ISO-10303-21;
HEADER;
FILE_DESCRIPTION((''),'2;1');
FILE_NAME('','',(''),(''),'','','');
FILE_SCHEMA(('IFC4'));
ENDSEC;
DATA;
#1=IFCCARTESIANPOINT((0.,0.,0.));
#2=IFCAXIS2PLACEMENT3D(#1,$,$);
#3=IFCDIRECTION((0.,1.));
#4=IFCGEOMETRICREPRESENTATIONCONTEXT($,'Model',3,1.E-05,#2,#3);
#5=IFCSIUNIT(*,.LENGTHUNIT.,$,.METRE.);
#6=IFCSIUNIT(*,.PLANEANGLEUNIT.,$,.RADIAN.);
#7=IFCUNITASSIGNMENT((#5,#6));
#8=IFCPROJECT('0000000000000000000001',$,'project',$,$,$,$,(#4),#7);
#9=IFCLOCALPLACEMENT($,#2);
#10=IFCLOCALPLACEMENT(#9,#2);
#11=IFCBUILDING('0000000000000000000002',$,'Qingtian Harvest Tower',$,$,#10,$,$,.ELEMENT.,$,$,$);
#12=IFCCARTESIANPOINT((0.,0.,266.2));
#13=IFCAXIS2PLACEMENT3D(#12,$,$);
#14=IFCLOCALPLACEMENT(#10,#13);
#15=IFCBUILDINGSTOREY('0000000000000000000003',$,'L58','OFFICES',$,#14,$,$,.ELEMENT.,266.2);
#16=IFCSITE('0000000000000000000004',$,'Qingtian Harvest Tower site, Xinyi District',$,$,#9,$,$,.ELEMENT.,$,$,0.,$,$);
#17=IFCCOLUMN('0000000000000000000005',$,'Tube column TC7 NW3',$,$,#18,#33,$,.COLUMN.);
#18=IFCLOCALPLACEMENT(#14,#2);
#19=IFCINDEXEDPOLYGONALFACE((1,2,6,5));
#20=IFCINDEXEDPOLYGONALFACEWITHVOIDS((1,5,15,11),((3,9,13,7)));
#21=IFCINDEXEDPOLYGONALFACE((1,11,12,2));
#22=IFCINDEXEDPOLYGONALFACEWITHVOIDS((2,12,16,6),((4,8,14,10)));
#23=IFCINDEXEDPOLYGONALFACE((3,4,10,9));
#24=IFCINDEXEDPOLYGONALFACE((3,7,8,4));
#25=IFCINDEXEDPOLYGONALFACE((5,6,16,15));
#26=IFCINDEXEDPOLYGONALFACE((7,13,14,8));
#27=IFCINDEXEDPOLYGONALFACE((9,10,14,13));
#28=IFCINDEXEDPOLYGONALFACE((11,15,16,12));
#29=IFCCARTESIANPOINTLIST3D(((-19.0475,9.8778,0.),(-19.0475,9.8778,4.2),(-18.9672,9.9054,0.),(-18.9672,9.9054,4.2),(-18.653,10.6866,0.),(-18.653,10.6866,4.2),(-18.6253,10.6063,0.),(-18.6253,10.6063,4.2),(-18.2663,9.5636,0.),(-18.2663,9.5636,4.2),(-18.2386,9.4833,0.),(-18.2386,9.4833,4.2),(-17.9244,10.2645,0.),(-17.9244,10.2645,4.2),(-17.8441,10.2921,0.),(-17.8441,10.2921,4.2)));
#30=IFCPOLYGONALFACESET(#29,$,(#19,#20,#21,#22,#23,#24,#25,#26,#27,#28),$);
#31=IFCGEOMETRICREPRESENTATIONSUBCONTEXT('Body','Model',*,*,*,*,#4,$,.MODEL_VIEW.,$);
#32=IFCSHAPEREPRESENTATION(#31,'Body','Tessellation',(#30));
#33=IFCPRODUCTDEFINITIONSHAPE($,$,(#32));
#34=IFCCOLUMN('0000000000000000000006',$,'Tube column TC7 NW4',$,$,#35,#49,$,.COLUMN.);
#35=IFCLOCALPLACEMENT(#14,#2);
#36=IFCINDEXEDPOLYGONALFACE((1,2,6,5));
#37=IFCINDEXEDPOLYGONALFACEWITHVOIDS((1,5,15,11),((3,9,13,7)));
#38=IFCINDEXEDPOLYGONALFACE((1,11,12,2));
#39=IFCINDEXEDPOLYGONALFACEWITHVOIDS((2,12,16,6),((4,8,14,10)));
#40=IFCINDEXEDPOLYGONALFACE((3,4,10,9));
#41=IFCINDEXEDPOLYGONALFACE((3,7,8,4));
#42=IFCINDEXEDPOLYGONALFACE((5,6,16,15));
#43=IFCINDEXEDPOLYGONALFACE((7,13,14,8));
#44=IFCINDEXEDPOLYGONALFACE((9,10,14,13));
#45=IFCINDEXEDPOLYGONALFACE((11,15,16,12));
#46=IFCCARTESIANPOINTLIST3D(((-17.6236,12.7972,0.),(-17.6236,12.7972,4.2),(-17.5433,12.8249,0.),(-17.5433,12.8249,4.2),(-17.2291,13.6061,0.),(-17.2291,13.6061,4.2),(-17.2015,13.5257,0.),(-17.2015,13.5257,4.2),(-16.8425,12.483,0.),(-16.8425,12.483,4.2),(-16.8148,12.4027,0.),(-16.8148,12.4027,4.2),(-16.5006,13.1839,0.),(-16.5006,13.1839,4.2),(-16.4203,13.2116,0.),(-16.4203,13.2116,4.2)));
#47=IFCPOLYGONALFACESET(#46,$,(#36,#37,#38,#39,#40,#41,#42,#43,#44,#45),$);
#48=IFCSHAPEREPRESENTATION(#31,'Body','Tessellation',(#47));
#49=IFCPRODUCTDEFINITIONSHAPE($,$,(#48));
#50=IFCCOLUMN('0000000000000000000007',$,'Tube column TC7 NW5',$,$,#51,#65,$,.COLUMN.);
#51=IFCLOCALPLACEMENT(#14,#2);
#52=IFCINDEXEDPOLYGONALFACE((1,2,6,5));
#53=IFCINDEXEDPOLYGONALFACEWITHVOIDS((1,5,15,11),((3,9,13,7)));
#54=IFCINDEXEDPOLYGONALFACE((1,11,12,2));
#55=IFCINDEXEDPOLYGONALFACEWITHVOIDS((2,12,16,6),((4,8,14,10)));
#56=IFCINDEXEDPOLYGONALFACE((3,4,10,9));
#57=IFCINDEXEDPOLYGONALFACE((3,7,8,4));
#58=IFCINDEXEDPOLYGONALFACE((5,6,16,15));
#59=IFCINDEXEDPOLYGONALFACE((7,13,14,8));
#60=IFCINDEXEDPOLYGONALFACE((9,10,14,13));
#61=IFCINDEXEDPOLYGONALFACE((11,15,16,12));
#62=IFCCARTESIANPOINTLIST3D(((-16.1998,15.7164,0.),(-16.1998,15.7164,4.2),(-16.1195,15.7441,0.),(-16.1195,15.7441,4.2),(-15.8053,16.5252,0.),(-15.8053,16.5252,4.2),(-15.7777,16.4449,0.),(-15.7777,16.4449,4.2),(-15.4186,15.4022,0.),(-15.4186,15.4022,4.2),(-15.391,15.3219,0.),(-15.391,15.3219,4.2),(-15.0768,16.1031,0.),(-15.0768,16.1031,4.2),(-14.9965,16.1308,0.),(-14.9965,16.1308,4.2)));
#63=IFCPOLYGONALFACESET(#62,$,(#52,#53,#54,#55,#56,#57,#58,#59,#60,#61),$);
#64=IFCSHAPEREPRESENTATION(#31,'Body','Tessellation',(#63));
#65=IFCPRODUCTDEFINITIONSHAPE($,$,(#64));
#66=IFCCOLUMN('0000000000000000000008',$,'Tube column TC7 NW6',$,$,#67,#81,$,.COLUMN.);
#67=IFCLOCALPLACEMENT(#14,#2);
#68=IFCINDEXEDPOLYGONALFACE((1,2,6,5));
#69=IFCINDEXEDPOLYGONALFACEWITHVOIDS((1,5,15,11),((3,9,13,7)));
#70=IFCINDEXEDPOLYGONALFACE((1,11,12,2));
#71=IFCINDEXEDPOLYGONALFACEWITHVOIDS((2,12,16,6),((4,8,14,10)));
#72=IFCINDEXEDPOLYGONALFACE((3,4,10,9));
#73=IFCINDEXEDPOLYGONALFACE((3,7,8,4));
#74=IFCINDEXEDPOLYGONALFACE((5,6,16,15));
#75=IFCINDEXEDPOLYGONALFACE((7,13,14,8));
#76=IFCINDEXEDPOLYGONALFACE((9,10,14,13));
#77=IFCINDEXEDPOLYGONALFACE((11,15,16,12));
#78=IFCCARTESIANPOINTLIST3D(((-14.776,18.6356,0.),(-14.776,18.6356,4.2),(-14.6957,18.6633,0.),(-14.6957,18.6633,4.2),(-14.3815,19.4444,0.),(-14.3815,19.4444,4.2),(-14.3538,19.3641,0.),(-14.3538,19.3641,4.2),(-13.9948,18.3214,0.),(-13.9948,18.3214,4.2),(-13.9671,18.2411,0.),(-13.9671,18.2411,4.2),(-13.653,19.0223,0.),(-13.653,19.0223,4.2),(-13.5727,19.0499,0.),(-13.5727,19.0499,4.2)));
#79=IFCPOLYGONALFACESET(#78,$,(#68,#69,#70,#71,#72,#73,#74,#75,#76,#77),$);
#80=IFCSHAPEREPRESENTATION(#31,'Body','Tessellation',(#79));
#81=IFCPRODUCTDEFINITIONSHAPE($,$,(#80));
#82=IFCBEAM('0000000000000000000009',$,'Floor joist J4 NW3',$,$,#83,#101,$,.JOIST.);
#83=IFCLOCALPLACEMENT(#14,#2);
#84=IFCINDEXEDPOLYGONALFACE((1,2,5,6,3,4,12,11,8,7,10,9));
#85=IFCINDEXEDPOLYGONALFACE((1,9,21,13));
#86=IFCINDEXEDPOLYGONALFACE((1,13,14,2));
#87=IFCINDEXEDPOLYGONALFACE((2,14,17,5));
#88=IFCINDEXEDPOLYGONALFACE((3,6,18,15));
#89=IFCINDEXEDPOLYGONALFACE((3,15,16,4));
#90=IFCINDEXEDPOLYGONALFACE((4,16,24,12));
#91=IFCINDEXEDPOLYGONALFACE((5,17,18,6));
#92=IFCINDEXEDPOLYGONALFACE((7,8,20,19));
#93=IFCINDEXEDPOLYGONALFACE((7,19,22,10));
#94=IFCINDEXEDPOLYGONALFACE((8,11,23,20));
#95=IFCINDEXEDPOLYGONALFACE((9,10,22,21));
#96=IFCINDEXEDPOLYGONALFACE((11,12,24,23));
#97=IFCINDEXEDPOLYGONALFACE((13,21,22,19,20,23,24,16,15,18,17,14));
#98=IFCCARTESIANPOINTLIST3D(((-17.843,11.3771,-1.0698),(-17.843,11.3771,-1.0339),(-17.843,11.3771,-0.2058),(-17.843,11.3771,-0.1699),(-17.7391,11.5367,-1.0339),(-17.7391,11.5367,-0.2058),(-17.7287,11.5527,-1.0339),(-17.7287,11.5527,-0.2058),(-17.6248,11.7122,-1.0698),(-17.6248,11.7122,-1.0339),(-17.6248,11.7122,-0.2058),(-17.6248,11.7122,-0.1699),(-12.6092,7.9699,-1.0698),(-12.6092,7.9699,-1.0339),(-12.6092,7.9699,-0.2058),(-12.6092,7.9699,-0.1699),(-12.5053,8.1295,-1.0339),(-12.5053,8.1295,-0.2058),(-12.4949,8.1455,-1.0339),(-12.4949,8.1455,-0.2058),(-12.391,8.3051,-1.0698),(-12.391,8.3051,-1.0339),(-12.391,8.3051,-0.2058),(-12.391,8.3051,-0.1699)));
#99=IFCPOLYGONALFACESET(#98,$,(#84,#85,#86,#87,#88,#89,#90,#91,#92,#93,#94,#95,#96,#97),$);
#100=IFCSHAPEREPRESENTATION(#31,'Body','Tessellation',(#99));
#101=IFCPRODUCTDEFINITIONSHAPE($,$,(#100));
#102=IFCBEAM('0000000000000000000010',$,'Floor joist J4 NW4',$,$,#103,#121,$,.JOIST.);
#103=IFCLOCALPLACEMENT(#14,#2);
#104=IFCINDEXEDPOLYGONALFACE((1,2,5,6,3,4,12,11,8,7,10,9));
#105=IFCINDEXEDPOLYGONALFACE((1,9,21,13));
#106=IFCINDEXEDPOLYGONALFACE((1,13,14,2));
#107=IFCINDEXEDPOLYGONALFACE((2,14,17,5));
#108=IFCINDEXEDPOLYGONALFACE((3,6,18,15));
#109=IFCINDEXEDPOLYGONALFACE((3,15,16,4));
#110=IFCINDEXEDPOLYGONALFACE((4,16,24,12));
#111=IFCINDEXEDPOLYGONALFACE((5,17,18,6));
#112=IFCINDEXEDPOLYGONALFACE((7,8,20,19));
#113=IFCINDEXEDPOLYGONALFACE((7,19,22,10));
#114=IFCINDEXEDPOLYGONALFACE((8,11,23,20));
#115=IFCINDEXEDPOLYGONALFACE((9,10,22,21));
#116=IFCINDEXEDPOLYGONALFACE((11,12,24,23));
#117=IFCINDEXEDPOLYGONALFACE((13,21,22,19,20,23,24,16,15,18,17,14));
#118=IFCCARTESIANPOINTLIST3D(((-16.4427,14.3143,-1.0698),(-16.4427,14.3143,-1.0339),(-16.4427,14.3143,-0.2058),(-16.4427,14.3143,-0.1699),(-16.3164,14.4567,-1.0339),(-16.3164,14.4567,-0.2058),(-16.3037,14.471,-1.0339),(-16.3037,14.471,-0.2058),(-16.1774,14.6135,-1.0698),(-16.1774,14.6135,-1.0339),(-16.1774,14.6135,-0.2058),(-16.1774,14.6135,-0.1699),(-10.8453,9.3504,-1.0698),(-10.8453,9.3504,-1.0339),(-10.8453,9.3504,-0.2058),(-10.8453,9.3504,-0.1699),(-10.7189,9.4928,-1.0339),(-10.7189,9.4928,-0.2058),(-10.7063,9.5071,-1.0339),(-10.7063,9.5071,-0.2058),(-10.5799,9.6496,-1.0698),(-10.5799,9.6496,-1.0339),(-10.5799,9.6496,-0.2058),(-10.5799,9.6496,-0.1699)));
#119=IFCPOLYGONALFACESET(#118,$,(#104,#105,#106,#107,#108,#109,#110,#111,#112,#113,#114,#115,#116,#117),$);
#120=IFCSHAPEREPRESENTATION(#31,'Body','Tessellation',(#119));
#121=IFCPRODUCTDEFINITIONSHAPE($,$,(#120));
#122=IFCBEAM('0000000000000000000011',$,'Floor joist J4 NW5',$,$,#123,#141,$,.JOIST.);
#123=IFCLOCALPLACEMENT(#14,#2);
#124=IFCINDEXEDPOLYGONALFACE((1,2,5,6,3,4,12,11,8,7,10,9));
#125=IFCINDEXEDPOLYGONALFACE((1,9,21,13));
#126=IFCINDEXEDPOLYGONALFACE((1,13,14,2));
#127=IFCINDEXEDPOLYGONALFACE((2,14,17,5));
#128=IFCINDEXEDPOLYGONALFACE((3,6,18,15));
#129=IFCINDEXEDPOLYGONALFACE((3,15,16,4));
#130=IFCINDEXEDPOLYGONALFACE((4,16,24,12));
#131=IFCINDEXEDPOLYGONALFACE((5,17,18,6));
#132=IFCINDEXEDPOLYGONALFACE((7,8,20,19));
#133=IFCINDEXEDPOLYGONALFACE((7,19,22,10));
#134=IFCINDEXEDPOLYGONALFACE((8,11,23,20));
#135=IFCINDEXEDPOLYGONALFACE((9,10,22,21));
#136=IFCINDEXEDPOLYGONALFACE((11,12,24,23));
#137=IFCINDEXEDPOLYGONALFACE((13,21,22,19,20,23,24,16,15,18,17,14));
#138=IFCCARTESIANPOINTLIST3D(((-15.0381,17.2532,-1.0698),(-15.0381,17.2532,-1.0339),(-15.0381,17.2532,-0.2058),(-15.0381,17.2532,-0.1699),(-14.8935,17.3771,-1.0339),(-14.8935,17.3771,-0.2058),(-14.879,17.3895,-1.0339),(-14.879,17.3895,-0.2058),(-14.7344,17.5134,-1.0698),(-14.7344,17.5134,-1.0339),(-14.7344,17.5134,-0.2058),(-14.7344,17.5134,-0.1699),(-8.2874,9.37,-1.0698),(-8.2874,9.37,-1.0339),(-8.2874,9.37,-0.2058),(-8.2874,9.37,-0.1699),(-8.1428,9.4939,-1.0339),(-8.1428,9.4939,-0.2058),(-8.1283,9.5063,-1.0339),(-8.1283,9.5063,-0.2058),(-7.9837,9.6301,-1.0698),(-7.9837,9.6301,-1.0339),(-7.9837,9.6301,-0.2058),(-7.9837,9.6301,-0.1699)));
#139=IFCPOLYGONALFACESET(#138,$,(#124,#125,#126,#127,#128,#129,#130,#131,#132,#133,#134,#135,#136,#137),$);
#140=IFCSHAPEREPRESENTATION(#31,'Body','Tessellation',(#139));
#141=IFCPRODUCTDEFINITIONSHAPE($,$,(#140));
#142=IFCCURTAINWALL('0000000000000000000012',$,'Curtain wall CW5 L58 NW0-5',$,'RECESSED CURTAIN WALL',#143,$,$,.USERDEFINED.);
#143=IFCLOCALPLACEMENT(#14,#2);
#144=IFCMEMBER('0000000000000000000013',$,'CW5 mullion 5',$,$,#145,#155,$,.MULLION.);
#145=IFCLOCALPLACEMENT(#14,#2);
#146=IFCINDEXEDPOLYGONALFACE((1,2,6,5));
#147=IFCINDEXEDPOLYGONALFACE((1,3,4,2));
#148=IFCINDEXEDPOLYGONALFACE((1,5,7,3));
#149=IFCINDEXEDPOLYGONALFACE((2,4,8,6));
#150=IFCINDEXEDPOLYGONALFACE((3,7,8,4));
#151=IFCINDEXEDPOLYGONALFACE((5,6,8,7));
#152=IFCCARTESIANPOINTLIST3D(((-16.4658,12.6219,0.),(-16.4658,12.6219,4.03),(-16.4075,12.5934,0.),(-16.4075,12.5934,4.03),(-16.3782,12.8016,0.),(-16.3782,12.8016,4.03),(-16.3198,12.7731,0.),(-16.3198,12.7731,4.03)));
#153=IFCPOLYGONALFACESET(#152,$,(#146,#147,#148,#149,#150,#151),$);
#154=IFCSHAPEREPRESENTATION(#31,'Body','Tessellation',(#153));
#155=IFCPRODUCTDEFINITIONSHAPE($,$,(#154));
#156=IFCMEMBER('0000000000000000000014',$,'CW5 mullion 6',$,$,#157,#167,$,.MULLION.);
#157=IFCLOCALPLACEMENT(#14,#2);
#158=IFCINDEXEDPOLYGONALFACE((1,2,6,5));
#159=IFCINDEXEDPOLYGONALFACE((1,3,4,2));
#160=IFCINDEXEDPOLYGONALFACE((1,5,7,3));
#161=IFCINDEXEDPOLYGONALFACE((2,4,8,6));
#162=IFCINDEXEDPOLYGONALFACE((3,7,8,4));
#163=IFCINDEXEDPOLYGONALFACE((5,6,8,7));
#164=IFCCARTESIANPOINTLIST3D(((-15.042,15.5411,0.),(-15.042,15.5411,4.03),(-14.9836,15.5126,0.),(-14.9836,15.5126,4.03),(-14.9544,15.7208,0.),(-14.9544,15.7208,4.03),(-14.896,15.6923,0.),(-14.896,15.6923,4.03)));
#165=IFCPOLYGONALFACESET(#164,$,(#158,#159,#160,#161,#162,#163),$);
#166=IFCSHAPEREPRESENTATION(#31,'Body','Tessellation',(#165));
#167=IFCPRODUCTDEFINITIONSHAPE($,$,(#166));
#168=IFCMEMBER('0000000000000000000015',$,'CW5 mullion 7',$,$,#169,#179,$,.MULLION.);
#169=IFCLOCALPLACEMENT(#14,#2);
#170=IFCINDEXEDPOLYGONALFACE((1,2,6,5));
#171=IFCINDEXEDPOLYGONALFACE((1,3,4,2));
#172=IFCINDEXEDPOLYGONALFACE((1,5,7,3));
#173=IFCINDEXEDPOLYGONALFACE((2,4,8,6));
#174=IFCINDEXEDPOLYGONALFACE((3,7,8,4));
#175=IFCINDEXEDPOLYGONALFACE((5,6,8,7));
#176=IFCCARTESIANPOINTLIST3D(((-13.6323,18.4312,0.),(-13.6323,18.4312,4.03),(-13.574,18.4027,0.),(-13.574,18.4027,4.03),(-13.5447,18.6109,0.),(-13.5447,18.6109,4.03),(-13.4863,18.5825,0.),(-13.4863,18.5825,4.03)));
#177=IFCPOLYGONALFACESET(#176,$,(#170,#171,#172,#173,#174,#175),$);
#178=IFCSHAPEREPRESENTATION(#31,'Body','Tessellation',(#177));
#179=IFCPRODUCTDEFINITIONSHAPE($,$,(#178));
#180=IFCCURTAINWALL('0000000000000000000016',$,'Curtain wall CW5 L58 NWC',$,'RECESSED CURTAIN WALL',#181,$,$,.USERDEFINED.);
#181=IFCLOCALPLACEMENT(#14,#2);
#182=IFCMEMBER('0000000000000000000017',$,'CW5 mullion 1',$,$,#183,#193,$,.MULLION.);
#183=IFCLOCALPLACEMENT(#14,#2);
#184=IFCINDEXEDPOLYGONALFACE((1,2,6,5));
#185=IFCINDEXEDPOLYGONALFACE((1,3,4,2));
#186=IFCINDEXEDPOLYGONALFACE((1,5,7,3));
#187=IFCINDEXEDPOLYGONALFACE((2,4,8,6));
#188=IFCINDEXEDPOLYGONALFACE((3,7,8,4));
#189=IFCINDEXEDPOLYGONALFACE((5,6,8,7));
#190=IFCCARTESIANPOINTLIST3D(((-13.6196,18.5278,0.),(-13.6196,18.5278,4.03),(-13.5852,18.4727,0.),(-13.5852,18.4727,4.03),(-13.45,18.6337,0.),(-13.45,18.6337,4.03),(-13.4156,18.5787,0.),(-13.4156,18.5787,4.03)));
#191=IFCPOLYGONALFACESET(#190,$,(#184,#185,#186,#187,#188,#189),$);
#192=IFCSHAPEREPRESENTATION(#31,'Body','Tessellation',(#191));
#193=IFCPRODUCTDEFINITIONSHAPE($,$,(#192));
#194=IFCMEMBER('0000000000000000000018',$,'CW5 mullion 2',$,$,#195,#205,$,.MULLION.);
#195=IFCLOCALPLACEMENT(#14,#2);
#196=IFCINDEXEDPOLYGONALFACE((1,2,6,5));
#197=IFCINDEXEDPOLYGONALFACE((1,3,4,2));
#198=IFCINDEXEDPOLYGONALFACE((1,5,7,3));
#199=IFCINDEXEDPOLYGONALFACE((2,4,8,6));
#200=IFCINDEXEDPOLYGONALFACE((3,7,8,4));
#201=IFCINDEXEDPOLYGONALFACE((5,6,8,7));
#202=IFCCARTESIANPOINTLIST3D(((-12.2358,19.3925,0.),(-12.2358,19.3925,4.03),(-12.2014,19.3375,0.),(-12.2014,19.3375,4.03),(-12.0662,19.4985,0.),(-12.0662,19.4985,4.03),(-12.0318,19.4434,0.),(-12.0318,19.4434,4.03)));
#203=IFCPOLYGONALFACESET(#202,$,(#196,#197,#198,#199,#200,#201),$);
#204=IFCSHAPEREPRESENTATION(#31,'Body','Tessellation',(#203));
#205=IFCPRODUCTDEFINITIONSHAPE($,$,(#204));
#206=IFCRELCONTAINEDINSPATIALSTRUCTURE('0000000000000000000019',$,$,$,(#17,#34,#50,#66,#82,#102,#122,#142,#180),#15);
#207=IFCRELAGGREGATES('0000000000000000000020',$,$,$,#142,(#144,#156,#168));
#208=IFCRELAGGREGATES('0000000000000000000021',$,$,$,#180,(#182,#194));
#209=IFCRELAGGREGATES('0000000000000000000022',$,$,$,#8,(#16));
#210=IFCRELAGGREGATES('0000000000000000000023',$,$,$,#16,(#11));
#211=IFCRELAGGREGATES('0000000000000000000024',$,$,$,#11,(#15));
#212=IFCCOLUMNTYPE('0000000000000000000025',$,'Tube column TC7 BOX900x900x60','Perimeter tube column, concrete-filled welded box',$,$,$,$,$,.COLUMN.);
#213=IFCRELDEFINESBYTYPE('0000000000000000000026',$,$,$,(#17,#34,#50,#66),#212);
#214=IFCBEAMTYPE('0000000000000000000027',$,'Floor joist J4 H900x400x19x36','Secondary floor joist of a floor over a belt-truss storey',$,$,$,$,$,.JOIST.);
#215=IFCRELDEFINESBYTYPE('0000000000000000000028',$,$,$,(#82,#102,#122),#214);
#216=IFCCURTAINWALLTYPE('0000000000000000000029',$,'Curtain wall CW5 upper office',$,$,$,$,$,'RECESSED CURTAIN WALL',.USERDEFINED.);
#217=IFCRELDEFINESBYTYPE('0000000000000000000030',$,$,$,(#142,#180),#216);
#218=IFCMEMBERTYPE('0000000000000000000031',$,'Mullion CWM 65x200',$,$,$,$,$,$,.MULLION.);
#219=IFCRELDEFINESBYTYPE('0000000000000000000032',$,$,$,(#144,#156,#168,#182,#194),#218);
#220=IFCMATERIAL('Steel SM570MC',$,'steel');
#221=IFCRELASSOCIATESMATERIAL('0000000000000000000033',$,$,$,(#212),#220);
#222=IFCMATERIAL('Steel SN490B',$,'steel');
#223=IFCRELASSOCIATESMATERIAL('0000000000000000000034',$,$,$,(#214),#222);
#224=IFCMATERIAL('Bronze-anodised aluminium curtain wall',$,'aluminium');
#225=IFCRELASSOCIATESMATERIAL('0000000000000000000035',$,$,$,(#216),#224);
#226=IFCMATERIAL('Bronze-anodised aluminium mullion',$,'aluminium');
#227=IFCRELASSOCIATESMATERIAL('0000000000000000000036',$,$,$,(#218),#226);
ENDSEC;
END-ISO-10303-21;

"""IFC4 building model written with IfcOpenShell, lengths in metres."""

from ifc_helpers import new_model, si_unit, direction, frame, origin, origin_2d, place, context, subcontext, project, spatial, rectangle, hollow_rectangle, i_section, extrude, material, material_profile, profile_set, type_object, element, aggregate, save


model = new_model("IFC4")

# Units and contexts
model_context = context("Model", 3, precision=1e-05, world=origin(), true_north=direction((0.0, 1.0)))
body_context = subcontext(model_context, "Body", "Model", "MODEL_VIEW")
ifc_project = project(units=[si_unit("LENGTHUNIT", "METRE"), si_unit("PLANEANGLEUNIT", "RADIAN")], contexts=[model_context])

# Site, building, storey
site_placement = place(None, origin())
site = spatial("IfcSite", under=ifc_project, at=site_placement, Name="Qingtian Harvest Tower site, Xinyi District", CompositionType="ELEMENT", RefElevation=0.0)
building_placement = place(site_placement, origin())
building = spatial("IfcBuilding", under=site, at=building_placement, Name="Qingtian Harvest Tower", CompositionType="ELEMENT")
storey_placement = place(building_placement, frame((0.0, 0.0, 266.2)))
storey = spatial("IfcBuildingStorey", under=building, at=storey_placement, Name="L58", Description="OFFICES", CompositionType="ELEMENT", Elevation=266.2)

# Columns
ifc_material_1 = material(Name="Steel SM570MC", Category="steel")
ifc_material_profile_1 = material_profile(ifc_material_1, hollow_rectangle(XDim=0.8999, YDim=0.8999, WallThickness=0.0601, at=origin_2d()), Name="BOX900x900x60")
ifc_profile_set_1 = profile_set([ifc_material_profile_1], Name="Steel SM570MC")
column_type = type_object("IfcColumnType", Name="Tube column TC7 BOX900x900x60", Description="Perimeter tube column, concrete-filled welded box", PredefinedType="COLUMN", material=ifc_profile_set_1)
for number, where, z_axis, x_axis, name in (
    (1, (-18.4458, 10.085, 0.0), (0.0, 0.0, 1.0), (-0.438371, -0.898794, 0.0), "Tube column TC7 NW3"),
    (2, (-17.022, 13.0044, 0.0), (0.0, 0.0, 1.0), (-0.438371, -0.898794, 0.0), "Tube column TC7 NW4"),
    (3, (-15.5981, 15.9236, 0.0), (0.0, 0.0, 1.0), (-0.438371, -0.898794, 0.0), "Tube column TC7 NW5"),
    (4, (-14.1743, 18.8428, 0.0), (0.0, 0.0, 1.0), (-0.438371, -0.898794, 0.0), "Tube column TC7 NW6"),
):
    element("IfcColumn", number, at=place(storey_placement, frame(where, z_axis=z_axis, x_axis=x_axis)), inside=storey, type_object=column_type, Name=name, PredefinedType="COLUMN", context=body_context, shape_type="SweptSolid", body=[
        extrude(hollow_rectangle(XDim=0.8999, YDim=0.8999, WallThickness=0.0601, at=origin_2d()), origin(), (0.0, 0.0, 1.0), 4.2),
    ])

# Beams
ifc_material_2 = material(Name="Steel SN490B", Category="steel")
ifc_material_profile_2 = material_profile(ifc_material_2, i_section(OverallWidth=0.3999, OverallDepth=0.8999, WebThickness=0.019, FlangeThickness=0.0359, at=origin_2d()), Name="H900x400x19x36")
ifc_profile_set_2 = profile_set([ifc_material_profile_2], Name="Steel SN490B")
beam_type_1 = type_object("IfcBeamType", Name="Floor joist J4 H900x400x19x36", Description="Secondary floor joist of a floor over a belt-truss storey", PredefinedType="JOIST", material=ifc_profile_set_2)
beam_1_placement = place(storey_placement, frame((-17.7339, 11.5447, -0.6199), z_axis=(0.838063, -0.545574, 0.0), x_axis=(0.545574, 0.838063, 0.0)))
element("IfcBeam", 5, at=beam_1_placement, inside=storey, type_object=beam_type_1, Name="Floor joist J4 NW3", PredefinedType="JOIST", context=body_context, shape_type="SweptSolid", body=[
    extrude(i_section(OverallWidth=0.3999, OverallDepth=0.8999, WebThickness=0.019, FlangeThickness=0.0359, at=origin_2d()), origin(), (0.0, 0.0, 1.0), 6.2451),
])
beam_2_placement = place(storey_placement, frame((-16.3101, 14.4639, -0.6199), z_axis=(0.748179, -0.663496, 0.0), x_axis=(0.663496, 0.748179, 0.0)))
element("IfcBeam", 6, at=beam_2_placement, inside=storey, type_object=beam_type_1, Name="Floor joist J4 NW4", PredefinedType="JOIST", context=body_context, shape_type="SweptSolid", body=[
    extrude(i_section(OverallWidth=0.3999, OverallDepth=0.8999, WebThickness=0.019, FlangeThickness=0.0359, at=origin_2d()), origin(), (0.0, 0.0, 1.0), 7.4814),
])
beam_3_placement = place(storey_placement, frame((-14.8862, 17.3833, -0.6199), z_axis=(0.650437, -0.75956, 0.0), x_axis=(0.75956, 0.650437, 0.0)))
element("IfcBeam", 7, at=beam_3_placement, inside=storey, type_object=beam_type_1, Name="Floor joist J4 NW5", PredefinedType="JOIST", context=body_context, shape_type="SweptSolid", body=[
    extrude(i_section(OverallWidth=0.3999, OverallDepth=0.8999, WebThickness=0.019, FlangeThickness=0.0359, at=origin_2d()), origin(), (0.0, 0.0, 1.0), 10.3787),
])

# Curtain walls, members
ifc_material_3 = material(Name="Bronze-anodised aluminium curtain wall", Category="aluminium")
curtain_wall_type = type_object("IfcCurtainWallType", Name="Curtain wall CW5 upper office", ElementType="RECESSED CURTAIN WALL", PredefinedType="USERDEFINED", material=ifc_material_3)
curtain_wall_1_placement = place(storey_placement, origin())
curtain_wall_1 = element("IfcCurtainWall", 8, at=curtain_wall_1_placement, inside=storey, type_object=curtain_wall_type, Name="Curtain wall CW5 L58 NW0-5", ObjectType="RECESSED CURTAIN WALL", PredefinedType="USERDEFINED")
ifc_material_4 = material(Name="Bronze-anodised aluminium mullion", Category="aluminium")
ifc_material_profile_3 = material_profile(ifc_material_4, rectangle(XDim=0.0649, YDim=0.2, at=origin_2d()), Name="AL 65x200")
ifc_profile_set_3 = profile_set([ifc_material_profile_3], Name="Bronze-anodised aluminium mullion")
member_type_1 = type_object("IfcMemberType", Name="Mullion CWM 65x200", PredefinedType="MULLION", material=ifc_profile_set_3)
member_1_placement = place(storey_placement, frame((-16.3928, 12.6975, 0.0), z_axis=(0.0, 0.0, 1.0), x_axis=(-0.898794, 0.438371, 0.0)))
member_1 = element("IfcMember", 9, at=member_1_placement, type_object=member_type_1, Name="CW5 mullion 5", PredefinedType="MULLION", context=body_context, shape_type="SweptSolid", body=[
    extrude(rectangle(XDim=0.0649, YDim=0.2, at=origin_2d()), origin(), (0.0, 0.0, 1.0), 4.03),
])
member_2_placement = place(storey_placement, frame((-14.969, 15.6167, 0.0), z_axis=(0.0, 0.0, 1.0), x_axis=(-0.898794, 0.438371, 0.0)))
member_2 = element("IfcMember", 10, at=member_2_placement, type_object=member_type_1, Name="CW5 mullion 6", PredefinedType="MULLION", context=body_context, shape_type="SweptSolid", body=[
    extrude(rectangle(XDim=0.0649, YDim=0.2, at=origin_2d()), origin(), (0.0, 0.0, 1.0), 4.03),
])
member_3_placement = place(storey_placement, frame((-13.5593, 18.5068, 0.0), z_axis=(0.0, 0.0, 1.0), x_axis=(-0.898794, 0.438371, 0.0)))
member_3 = element("IfcMember", 11, at=member_3_placement, type_object=member_type_1, Name="CW5 mullion 7", PredefinedType="MULLION", context=body_context, shape_type="SweptSolid", body=[
    extrude(rectangle(XDim=0.0649, YDim=0.2, at=origin_2d()), origin(), (0.0, 0.0, 1.0), 4.03),
])
curtain_wall_2_placement = place(storey_placement, origin())
curtain_wall_2 = element("IfcCurtainWall", 12, at=curtain_wall_2_placement, inside=storey, type_object=curtain_wall_type, Name="Curtain wall CW5 L58 NWC", ObjectType="RECESSED CURTAIN WALL", PredefinedType="USERDEFINED")
member_4_placement = place(storey_placement, frame((-13.5176, 18.5532, 0.0), z_axis=(0.0, 0.0, 1.0), x_axis=(-0.529919, 0.848048, 0.0)))
member_4 = element("IfcMember", 13, at=member_4_placement, type_object=member_type_1, Name="CW5 mullion 1", PredefinedType="MULLION", context=body_context, shape_type="SweptSolid", body=[
    extrude(rectangle(XDim=0.0649, YDim=0.2, at=origin_2d()), origin(), (0.0, 0.0, 1.0), 4.03),
])
member_5_placement = place(storey_placement, frame((-12.1338, 19.418, 0.0), z_axis=(0.0, 0.0, 1.0), x_axis=(-0.529919, 0.848048, 0.0)))
member_5 = element("IfcMember", 14, at=member_5_placement, type_object=member_type_1, Name="CW5 mullion 2", PredefinedType="MULLION", context=body_context, shape_type="SweptSolid", body=[
    extrude(rectangle(XDim=0.0649, YDim=0.2, at=origin_2d()), origin(), (0.0, 0.0, 1.0), 4.03),
])

aggregate(curtain_wall_1, [member_1, member_2, member_3])
aggregate(curtain_wall_2, [member_4, member_5])

save(model, "model.ifc")
